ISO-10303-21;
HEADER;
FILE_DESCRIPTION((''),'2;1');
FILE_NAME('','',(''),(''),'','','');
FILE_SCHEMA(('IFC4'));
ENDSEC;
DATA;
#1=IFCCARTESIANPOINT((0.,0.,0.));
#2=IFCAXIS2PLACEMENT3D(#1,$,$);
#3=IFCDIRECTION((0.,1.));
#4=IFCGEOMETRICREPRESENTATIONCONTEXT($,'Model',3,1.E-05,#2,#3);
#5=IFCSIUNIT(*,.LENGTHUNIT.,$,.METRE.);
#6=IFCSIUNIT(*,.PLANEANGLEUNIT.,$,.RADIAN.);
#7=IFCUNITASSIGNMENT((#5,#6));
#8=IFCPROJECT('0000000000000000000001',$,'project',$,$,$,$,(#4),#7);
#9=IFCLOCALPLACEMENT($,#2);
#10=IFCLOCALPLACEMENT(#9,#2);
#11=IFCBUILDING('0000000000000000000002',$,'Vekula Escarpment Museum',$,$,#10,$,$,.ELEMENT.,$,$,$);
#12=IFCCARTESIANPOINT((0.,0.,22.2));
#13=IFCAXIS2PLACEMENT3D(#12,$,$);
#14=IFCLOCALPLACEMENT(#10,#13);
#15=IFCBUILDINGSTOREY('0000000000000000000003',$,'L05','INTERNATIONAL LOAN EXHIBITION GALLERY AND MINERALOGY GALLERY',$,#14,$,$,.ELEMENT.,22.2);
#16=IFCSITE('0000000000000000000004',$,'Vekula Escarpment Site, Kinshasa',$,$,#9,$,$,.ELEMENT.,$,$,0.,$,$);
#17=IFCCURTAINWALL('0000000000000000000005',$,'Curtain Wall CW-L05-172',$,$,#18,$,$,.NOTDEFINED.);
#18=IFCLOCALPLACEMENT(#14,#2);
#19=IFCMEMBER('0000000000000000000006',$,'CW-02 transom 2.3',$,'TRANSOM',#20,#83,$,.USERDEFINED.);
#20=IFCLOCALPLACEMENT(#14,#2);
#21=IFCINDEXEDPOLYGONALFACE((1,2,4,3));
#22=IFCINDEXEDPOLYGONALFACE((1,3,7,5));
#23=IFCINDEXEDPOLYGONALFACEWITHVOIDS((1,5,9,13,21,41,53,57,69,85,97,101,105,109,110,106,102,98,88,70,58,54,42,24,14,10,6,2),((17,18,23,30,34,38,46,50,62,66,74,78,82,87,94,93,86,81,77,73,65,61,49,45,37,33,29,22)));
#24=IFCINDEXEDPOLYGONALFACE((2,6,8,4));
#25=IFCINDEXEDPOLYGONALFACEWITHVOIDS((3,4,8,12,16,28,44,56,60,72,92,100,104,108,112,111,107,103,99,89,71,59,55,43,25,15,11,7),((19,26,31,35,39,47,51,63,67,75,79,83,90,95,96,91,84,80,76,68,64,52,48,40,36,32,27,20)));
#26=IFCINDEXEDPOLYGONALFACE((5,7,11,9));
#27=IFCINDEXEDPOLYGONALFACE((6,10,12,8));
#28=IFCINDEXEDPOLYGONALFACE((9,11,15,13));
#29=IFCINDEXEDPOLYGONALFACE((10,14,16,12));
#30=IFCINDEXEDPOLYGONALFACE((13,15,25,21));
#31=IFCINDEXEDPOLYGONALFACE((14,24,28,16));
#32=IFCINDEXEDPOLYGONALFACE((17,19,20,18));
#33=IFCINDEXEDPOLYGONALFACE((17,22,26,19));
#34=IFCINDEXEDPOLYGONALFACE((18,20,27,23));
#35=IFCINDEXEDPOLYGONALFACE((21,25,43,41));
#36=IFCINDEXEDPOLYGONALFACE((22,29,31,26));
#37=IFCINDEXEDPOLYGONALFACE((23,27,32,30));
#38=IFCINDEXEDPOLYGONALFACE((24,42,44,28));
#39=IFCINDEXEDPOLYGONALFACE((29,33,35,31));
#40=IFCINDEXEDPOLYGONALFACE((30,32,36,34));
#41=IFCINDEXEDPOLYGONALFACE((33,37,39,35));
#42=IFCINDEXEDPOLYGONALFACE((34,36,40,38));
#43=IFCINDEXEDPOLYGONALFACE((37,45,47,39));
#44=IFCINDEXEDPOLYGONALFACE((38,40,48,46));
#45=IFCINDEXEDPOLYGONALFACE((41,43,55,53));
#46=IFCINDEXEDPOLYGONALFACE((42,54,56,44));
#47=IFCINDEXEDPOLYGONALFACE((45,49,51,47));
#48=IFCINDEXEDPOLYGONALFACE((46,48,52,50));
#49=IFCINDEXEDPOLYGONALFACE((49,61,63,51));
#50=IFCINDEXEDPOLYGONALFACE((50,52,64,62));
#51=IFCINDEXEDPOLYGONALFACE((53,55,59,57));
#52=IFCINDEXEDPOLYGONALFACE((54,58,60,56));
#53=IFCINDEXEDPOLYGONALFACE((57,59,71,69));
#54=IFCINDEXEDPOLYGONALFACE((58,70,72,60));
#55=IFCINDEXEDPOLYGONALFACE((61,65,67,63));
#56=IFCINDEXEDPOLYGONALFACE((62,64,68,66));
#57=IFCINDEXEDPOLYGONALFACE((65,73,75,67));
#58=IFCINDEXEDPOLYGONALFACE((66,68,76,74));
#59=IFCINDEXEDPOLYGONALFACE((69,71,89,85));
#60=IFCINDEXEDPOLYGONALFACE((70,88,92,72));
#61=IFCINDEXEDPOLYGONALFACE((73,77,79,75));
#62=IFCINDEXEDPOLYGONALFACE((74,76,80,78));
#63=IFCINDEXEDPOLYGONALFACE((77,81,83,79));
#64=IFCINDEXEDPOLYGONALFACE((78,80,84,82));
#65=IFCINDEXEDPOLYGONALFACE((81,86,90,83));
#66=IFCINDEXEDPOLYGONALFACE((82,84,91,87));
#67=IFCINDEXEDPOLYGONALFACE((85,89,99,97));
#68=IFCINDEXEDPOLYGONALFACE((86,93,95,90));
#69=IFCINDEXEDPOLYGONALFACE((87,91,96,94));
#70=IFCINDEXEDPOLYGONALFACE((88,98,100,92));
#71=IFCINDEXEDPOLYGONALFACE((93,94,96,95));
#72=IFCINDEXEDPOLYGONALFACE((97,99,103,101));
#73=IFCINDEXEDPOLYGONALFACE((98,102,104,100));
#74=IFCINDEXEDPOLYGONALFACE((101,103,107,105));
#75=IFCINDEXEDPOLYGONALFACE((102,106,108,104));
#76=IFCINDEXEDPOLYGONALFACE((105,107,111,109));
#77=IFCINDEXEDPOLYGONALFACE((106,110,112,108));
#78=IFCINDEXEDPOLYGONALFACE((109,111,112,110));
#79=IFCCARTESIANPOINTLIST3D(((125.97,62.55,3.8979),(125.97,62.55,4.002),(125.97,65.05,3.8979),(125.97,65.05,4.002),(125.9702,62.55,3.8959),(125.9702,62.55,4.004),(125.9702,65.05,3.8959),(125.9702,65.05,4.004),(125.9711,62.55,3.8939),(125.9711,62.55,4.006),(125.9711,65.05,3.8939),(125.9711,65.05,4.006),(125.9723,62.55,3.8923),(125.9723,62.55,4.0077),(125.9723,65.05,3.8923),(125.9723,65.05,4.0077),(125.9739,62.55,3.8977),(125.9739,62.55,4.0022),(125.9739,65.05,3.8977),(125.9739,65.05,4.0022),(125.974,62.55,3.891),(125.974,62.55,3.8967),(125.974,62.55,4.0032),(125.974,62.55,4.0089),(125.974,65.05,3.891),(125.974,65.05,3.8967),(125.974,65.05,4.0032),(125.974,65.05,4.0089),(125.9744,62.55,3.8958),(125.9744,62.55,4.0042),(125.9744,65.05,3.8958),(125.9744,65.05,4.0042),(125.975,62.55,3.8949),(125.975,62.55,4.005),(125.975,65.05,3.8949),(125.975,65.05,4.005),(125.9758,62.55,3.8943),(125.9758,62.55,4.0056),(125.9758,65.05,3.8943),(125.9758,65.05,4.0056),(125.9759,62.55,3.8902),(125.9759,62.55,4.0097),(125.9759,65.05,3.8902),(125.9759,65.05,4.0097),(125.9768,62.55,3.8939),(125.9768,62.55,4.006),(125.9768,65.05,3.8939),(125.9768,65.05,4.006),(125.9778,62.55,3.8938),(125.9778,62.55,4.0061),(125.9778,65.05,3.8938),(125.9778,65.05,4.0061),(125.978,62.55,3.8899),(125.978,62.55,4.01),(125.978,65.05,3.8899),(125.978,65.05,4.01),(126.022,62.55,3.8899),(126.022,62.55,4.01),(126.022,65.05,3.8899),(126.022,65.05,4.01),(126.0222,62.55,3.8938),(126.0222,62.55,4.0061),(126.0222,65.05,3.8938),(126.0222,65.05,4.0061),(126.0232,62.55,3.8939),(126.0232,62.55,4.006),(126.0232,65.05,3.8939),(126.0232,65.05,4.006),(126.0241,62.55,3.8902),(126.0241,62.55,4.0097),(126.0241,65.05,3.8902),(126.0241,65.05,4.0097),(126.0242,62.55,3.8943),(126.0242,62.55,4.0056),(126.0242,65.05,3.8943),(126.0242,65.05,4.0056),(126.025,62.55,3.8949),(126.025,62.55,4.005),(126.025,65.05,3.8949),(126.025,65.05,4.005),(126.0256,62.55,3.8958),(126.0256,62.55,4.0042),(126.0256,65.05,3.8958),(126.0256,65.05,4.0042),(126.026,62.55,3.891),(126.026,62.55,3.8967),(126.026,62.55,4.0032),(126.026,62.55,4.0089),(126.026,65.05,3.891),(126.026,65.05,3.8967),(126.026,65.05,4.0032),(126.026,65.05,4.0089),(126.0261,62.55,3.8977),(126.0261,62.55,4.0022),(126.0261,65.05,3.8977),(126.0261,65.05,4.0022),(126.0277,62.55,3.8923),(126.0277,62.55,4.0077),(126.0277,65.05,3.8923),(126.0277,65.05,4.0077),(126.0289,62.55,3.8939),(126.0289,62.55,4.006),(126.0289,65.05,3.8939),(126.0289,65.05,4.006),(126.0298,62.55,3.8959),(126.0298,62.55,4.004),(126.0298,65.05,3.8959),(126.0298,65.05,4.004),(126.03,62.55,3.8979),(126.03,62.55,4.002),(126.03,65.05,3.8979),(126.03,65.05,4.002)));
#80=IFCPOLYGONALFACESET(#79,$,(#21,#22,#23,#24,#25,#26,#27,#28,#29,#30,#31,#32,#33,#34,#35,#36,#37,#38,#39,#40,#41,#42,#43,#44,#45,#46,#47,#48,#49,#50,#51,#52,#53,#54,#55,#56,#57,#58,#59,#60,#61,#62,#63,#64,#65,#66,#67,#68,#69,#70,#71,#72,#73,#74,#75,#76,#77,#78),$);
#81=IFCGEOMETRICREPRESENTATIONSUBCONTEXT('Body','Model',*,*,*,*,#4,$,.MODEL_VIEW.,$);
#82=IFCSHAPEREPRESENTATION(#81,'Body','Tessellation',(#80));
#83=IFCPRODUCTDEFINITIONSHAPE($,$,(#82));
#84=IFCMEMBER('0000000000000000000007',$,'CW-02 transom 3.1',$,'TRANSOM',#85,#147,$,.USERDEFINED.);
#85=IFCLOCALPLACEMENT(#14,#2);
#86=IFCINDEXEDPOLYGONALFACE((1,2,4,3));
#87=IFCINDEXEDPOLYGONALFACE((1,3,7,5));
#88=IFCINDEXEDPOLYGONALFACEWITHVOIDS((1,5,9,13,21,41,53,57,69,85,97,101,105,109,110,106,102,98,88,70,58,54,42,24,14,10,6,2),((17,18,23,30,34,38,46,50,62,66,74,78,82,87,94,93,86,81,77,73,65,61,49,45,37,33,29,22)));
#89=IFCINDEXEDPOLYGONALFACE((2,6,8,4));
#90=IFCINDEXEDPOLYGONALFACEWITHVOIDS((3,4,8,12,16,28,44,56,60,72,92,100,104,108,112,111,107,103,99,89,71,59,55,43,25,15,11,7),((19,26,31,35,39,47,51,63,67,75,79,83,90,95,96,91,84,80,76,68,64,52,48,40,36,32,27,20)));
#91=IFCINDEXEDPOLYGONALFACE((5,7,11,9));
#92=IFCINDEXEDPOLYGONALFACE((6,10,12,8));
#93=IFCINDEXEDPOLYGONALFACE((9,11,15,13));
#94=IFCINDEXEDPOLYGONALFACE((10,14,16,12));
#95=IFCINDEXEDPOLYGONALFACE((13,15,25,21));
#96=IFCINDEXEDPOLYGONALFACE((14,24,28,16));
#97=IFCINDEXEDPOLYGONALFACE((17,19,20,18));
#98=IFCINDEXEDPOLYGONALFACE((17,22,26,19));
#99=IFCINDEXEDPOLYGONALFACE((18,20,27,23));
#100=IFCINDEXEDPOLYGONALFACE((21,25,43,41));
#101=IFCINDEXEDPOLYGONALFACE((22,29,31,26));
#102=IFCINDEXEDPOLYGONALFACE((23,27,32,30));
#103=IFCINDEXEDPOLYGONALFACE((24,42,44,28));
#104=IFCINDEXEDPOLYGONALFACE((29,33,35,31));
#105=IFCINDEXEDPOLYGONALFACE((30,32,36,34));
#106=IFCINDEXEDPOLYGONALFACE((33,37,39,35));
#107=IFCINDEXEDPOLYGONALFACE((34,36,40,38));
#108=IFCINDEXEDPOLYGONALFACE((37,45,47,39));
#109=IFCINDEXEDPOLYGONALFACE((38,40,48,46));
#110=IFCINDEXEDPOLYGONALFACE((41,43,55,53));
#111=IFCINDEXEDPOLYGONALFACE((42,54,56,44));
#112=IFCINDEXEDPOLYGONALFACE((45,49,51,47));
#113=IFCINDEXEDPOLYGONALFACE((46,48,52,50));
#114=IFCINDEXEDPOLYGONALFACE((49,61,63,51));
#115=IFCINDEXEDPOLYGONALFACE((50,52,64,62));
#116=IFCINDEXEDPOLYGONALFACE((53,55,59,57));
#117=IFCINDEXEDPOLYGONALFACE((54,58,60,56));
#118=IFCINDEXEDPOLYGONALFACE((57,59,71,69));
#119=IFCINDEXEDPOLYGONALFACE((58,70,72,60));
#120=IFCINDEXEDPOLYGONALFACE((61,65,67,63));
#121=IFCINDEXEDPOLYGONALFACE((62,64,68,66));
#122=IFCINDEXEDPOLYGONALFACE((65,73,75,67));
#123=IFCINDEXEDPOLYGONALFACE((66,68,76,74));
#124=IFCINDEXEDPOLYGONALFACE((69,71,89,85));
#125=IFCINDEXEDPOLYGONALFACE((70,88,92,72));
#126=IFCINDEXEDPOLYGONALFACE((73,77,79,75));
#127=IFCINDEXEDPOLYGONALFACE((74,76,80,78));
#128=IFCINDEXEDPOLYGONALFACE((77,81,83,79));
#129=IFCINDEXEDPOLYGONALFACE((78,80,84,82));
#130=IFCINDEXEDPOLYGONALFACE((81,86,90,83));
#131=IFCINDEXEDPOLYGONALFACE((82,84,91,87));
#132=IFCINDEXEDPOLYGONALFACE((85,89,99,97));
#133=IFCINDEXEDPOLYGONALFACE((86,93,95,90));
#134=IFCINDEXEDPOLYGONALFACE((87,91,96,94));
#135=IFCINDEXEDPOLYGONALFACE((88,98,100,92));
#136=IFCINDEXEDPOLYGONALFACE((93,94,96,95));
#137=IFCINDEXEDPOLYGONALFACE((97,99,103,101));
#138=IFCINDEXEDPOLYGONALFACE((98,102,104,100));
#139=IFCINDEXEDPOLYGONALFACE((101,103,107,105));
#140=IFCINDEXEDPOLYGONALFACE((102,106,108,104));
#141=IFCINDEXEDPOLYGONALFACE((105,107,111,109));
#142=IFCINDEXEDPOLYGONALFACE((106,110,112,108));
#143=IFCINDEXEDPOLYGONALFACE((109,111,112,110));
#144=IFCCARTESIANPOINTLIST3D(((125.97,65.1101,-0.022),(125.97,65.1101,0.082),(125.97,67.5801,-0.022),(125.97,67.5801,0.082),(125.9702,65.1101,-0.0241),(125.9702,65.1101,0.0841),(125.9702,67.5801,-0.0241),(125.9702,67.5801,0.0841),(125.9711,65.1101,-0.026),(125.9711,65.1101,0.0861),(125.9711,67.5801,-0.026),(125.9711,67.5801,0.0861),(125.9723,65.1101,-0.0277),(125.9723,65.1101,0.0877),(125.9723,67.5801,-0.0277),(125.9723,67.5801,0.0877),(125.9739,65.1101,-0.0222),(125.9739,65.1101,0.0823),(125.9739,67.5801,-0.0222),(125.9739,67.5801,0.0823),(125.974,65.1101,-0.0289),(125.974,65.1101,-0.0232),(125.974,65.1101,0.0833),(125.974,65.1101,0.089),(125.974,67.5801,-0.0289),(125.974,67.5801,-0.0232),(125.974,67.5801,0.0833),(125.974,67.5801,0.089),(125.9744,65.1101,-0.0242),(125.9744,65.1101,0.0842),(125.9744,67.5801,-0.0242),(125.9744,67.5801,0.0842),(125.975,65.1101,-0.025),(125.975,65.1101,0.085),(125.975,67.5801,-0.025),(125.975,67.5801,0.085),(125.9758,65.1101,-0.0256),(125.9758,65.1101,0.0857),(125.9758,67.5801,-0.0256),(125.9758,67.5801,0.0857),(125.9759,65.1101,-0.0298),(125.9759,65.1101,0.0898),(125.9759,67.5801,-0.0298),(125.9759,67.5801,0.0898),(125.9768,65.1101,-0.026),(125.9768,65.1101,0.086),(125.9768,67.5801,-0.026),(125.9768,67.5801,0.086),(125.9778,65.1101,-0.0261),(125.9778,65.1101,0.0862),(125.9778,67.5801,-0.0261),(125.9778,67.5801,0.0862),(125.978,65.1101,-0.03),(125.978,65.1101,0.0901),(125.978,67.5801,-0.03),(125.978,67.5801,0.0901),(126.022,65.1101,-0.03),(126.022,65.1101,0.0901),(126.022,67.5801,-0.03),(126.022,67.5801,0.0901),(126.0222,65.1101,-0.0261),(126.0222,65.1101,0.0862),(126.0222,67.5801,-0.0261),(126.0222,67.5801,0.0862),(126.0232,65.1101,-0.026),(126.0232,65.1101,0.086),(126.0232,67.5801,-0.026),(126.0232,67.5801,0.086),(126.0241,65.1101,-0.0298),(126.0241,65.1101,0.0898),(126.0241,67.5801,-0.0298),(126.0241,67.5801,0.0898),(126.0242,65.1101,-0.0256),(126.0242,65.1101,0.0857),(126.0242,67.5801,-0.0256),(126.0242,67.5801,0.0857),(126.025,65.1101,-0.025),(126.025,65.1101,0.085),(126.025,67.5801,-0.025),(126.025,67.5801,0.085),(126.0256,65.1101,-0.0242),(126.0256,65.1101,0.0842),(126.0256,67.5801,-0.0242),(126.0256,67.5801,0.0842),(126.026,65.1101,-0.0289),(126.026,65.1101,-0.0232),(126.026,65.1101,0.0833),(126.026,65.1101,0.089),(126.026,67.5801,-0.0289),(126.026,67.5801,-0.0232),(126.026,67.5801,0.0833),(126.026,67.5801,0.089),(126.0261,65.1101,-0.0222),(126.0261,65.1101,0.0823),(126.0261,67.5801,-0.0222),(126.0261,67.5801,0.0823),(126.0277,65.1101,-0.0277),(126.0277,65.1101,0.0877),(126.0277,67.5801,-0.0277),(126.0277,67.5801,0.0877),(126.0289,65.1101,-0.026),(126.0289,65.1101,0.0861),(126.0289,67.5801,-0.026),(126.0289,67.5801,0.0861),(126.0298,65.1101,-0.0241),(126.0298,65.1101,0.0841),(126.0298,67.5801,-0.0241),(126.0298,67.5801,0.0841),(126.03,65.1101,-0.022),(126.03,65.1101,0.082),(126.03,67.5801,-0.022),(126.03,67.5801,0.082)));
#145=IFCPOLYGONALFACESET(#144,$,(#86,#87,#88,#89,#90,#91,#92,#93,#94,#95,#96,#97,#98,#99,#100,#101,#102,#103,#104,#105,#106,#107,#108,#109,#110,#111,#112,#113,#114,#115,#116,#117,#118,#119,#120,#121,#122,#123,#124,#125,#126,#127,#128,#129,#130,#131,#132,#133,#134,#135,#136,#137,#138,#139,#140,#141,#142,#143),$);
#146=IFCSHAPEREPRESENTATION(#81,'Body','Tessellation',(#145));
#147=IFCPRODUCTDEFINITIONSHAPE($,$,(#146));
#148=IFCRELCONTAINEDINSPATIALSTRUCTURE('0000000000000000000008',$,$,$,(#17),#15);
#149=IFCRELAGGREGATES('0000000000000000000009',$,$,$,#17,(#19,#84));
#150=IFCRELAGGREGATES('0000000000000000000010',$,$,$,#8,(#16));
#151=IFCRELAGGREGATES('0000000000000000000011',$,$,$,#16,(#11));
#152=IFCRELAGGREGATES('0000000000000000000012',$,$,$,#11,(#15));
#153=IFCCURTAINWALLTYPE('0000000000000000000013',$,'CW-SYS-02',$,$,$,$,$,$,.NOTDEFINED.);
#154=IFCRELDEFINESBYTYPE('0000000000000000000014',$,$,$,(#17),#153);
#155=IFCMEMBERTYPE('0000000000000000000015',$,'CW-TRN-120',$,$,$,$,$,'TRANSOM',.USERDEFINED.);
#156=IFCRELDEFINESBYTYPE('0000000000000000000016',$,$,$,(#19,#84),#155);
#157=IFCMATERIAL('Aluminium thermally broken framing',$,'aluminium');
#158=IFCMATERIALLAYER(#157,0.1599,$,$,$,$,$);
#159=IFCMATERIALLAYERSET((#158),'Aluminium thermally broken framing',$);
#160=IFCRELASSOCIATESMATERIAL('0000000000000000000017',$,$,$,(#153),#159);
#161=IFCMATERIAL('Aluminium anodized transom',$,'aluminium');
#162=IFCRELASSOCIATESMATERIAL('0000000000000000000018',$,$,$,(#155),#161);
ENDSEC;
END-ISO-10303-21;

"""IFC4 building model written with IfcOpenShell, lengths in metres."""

from ifc_helpers import new_model, si_unit, direction, frame, origin, origin_2d, place, context, subcontext, project, spatial, hollow_rectangle, extrude, material, layer, layer_set, material_profile, profile_set, type_object, element, aggregate, save


model = new_model("IFC4")

# Units and contexts
model_context = context("Model", 3, precision=1e-05, world=origin(), true_north=direction((0.0, 1.0)))
body_context = subcontext(model_context, "Body", "Model", "MODEL_VIEW")
ifc_project = project(units=[si_unit("LENGTHUNIT", "METRE"), si_unit("PLANEANGLEUNIT", "RADIAN")], contexts=[model_context])

# Site, building, storey
site_placement = place(None, origin())
site = spatial("IfcSite", under=ifc_project, at=site_placement, Name="Vekula Escarpment Site, Kinshasa", CompositionType="ELEMENT", RefElevation=0.0)
building_placement = place(site_placement, origin())
building = spatial("IfcBuilding", under=site, at=building_placement, Name="Vekula Escarpment Museum", CompositionType="ELEMENT")
storey_placement = place(building_placement, frame((0.0, 0.0, 22.2)))
storey = spatial("IfcBuildingStorey", under=building, at=storey_placement, Name="L05", Description="INTERNATIONAL LOAN EXHIBITION GALLERY AND MINERALOGY GALLERY", CompositionType="ELEMENT", Elevation=22.2)

# Curtain wall, members
ifc_material_1 = material(Name="Aluminium thermally broken framing", Category="aluminium")
ifc_layer_1 = layer(ifc_material_1, 0.1599)
ifc_layer_set_1 = layer_set([ifc_layer_1], Name="Aluminium thermally broken framing")
curtain_wall_type = type_object("IfcCurtainWallType", Name="CW-SYS-02", PredefinedType="NOTDEFINED", material=ifc_layer_set_1)
curtain_wall_placement = place(storey_placement, origin())
curtain_wall = element("IfcCurtainWall", 1, at=curtain_wall_placement, inside=storey, type_object=curtain_wall_type, Name="Curtain Wall CW-L05-172", PredefinedType="NOTDEFINED")
ifc_material_2 = material(Name="Aluminium anodized transom", Category="aluminium")
ifc_material_profile_1 = material_profile(ifc_material_2, hollow_rectangle(XDim=0.0601, YDim=0.1201, WallThickness=0.0039, InnerFilletRadius=0.0039, OuterFilletRadius=0.0081, at=origin_2d()), Name="ALU 120x60x4")
ifc_profile_set_1 = profile_set([ifc_material_profile_1], Name="Aluminium anodized transom")
member_type_1 = type_object("IfcMemberType", Name="CW-TRN-120", ElementType="TRANSOM", PredefinedType="USERDEFINED", material=ifc_profile_set_1)
member_1_placement = place(storey_placement, frame((126.0, 62.55, 3.95), z_axis=(0.0, 1.0, 0.0), x_axis=(-1.0, 0.0, 0.0)))
member_1 = element("IfcMember", 2, at=member_1_placement, type_object=member_type_1, Name="CW-02 transom 2.3", ObjectType="TRANSOM", PredefinedType="USERDEFINED", context=body_context, shape_type="SweptSolid", body=[
    extrude(hollow_rectangle(XDim=0.0601, YDim=0.1201, WallThickness=0.0039, InnerFilletRadius=0.0039, OuterFilletRadius=0.0081, at=origin_2d()), origin(), (0.0, 0.0, 1.0), 2.5),
])
member_2_placement = place(storey_placement, frame((126.0, 65.1101, 0.03), z_axis=(0.0, 1.0, 0.0), x_axis=(-1.0, 0.0, 0.0)))
member_2 = element("IfcMember", 3, at=member_2_placement, type_object=member_type_1, Name="CW-02 transom 3.1", ObjectType="TRANSOM", PredefinedType="USERDEFINED", context=body_context, shape_type="SweptSolid", body=[
    extrude(hollow_rectangle(XDim=0.0601, YDim=0.1201, WallThickness=0.0039, InnerFilletRadius=0.0039, OuterFilletRadius=0.0081, at=origin_2d()), origin(), (0.0, 0.0, 1.0), 2.47),
])

aggregate(curtain_wall, [member_1, member_2])

save(model, "model.ifc")
